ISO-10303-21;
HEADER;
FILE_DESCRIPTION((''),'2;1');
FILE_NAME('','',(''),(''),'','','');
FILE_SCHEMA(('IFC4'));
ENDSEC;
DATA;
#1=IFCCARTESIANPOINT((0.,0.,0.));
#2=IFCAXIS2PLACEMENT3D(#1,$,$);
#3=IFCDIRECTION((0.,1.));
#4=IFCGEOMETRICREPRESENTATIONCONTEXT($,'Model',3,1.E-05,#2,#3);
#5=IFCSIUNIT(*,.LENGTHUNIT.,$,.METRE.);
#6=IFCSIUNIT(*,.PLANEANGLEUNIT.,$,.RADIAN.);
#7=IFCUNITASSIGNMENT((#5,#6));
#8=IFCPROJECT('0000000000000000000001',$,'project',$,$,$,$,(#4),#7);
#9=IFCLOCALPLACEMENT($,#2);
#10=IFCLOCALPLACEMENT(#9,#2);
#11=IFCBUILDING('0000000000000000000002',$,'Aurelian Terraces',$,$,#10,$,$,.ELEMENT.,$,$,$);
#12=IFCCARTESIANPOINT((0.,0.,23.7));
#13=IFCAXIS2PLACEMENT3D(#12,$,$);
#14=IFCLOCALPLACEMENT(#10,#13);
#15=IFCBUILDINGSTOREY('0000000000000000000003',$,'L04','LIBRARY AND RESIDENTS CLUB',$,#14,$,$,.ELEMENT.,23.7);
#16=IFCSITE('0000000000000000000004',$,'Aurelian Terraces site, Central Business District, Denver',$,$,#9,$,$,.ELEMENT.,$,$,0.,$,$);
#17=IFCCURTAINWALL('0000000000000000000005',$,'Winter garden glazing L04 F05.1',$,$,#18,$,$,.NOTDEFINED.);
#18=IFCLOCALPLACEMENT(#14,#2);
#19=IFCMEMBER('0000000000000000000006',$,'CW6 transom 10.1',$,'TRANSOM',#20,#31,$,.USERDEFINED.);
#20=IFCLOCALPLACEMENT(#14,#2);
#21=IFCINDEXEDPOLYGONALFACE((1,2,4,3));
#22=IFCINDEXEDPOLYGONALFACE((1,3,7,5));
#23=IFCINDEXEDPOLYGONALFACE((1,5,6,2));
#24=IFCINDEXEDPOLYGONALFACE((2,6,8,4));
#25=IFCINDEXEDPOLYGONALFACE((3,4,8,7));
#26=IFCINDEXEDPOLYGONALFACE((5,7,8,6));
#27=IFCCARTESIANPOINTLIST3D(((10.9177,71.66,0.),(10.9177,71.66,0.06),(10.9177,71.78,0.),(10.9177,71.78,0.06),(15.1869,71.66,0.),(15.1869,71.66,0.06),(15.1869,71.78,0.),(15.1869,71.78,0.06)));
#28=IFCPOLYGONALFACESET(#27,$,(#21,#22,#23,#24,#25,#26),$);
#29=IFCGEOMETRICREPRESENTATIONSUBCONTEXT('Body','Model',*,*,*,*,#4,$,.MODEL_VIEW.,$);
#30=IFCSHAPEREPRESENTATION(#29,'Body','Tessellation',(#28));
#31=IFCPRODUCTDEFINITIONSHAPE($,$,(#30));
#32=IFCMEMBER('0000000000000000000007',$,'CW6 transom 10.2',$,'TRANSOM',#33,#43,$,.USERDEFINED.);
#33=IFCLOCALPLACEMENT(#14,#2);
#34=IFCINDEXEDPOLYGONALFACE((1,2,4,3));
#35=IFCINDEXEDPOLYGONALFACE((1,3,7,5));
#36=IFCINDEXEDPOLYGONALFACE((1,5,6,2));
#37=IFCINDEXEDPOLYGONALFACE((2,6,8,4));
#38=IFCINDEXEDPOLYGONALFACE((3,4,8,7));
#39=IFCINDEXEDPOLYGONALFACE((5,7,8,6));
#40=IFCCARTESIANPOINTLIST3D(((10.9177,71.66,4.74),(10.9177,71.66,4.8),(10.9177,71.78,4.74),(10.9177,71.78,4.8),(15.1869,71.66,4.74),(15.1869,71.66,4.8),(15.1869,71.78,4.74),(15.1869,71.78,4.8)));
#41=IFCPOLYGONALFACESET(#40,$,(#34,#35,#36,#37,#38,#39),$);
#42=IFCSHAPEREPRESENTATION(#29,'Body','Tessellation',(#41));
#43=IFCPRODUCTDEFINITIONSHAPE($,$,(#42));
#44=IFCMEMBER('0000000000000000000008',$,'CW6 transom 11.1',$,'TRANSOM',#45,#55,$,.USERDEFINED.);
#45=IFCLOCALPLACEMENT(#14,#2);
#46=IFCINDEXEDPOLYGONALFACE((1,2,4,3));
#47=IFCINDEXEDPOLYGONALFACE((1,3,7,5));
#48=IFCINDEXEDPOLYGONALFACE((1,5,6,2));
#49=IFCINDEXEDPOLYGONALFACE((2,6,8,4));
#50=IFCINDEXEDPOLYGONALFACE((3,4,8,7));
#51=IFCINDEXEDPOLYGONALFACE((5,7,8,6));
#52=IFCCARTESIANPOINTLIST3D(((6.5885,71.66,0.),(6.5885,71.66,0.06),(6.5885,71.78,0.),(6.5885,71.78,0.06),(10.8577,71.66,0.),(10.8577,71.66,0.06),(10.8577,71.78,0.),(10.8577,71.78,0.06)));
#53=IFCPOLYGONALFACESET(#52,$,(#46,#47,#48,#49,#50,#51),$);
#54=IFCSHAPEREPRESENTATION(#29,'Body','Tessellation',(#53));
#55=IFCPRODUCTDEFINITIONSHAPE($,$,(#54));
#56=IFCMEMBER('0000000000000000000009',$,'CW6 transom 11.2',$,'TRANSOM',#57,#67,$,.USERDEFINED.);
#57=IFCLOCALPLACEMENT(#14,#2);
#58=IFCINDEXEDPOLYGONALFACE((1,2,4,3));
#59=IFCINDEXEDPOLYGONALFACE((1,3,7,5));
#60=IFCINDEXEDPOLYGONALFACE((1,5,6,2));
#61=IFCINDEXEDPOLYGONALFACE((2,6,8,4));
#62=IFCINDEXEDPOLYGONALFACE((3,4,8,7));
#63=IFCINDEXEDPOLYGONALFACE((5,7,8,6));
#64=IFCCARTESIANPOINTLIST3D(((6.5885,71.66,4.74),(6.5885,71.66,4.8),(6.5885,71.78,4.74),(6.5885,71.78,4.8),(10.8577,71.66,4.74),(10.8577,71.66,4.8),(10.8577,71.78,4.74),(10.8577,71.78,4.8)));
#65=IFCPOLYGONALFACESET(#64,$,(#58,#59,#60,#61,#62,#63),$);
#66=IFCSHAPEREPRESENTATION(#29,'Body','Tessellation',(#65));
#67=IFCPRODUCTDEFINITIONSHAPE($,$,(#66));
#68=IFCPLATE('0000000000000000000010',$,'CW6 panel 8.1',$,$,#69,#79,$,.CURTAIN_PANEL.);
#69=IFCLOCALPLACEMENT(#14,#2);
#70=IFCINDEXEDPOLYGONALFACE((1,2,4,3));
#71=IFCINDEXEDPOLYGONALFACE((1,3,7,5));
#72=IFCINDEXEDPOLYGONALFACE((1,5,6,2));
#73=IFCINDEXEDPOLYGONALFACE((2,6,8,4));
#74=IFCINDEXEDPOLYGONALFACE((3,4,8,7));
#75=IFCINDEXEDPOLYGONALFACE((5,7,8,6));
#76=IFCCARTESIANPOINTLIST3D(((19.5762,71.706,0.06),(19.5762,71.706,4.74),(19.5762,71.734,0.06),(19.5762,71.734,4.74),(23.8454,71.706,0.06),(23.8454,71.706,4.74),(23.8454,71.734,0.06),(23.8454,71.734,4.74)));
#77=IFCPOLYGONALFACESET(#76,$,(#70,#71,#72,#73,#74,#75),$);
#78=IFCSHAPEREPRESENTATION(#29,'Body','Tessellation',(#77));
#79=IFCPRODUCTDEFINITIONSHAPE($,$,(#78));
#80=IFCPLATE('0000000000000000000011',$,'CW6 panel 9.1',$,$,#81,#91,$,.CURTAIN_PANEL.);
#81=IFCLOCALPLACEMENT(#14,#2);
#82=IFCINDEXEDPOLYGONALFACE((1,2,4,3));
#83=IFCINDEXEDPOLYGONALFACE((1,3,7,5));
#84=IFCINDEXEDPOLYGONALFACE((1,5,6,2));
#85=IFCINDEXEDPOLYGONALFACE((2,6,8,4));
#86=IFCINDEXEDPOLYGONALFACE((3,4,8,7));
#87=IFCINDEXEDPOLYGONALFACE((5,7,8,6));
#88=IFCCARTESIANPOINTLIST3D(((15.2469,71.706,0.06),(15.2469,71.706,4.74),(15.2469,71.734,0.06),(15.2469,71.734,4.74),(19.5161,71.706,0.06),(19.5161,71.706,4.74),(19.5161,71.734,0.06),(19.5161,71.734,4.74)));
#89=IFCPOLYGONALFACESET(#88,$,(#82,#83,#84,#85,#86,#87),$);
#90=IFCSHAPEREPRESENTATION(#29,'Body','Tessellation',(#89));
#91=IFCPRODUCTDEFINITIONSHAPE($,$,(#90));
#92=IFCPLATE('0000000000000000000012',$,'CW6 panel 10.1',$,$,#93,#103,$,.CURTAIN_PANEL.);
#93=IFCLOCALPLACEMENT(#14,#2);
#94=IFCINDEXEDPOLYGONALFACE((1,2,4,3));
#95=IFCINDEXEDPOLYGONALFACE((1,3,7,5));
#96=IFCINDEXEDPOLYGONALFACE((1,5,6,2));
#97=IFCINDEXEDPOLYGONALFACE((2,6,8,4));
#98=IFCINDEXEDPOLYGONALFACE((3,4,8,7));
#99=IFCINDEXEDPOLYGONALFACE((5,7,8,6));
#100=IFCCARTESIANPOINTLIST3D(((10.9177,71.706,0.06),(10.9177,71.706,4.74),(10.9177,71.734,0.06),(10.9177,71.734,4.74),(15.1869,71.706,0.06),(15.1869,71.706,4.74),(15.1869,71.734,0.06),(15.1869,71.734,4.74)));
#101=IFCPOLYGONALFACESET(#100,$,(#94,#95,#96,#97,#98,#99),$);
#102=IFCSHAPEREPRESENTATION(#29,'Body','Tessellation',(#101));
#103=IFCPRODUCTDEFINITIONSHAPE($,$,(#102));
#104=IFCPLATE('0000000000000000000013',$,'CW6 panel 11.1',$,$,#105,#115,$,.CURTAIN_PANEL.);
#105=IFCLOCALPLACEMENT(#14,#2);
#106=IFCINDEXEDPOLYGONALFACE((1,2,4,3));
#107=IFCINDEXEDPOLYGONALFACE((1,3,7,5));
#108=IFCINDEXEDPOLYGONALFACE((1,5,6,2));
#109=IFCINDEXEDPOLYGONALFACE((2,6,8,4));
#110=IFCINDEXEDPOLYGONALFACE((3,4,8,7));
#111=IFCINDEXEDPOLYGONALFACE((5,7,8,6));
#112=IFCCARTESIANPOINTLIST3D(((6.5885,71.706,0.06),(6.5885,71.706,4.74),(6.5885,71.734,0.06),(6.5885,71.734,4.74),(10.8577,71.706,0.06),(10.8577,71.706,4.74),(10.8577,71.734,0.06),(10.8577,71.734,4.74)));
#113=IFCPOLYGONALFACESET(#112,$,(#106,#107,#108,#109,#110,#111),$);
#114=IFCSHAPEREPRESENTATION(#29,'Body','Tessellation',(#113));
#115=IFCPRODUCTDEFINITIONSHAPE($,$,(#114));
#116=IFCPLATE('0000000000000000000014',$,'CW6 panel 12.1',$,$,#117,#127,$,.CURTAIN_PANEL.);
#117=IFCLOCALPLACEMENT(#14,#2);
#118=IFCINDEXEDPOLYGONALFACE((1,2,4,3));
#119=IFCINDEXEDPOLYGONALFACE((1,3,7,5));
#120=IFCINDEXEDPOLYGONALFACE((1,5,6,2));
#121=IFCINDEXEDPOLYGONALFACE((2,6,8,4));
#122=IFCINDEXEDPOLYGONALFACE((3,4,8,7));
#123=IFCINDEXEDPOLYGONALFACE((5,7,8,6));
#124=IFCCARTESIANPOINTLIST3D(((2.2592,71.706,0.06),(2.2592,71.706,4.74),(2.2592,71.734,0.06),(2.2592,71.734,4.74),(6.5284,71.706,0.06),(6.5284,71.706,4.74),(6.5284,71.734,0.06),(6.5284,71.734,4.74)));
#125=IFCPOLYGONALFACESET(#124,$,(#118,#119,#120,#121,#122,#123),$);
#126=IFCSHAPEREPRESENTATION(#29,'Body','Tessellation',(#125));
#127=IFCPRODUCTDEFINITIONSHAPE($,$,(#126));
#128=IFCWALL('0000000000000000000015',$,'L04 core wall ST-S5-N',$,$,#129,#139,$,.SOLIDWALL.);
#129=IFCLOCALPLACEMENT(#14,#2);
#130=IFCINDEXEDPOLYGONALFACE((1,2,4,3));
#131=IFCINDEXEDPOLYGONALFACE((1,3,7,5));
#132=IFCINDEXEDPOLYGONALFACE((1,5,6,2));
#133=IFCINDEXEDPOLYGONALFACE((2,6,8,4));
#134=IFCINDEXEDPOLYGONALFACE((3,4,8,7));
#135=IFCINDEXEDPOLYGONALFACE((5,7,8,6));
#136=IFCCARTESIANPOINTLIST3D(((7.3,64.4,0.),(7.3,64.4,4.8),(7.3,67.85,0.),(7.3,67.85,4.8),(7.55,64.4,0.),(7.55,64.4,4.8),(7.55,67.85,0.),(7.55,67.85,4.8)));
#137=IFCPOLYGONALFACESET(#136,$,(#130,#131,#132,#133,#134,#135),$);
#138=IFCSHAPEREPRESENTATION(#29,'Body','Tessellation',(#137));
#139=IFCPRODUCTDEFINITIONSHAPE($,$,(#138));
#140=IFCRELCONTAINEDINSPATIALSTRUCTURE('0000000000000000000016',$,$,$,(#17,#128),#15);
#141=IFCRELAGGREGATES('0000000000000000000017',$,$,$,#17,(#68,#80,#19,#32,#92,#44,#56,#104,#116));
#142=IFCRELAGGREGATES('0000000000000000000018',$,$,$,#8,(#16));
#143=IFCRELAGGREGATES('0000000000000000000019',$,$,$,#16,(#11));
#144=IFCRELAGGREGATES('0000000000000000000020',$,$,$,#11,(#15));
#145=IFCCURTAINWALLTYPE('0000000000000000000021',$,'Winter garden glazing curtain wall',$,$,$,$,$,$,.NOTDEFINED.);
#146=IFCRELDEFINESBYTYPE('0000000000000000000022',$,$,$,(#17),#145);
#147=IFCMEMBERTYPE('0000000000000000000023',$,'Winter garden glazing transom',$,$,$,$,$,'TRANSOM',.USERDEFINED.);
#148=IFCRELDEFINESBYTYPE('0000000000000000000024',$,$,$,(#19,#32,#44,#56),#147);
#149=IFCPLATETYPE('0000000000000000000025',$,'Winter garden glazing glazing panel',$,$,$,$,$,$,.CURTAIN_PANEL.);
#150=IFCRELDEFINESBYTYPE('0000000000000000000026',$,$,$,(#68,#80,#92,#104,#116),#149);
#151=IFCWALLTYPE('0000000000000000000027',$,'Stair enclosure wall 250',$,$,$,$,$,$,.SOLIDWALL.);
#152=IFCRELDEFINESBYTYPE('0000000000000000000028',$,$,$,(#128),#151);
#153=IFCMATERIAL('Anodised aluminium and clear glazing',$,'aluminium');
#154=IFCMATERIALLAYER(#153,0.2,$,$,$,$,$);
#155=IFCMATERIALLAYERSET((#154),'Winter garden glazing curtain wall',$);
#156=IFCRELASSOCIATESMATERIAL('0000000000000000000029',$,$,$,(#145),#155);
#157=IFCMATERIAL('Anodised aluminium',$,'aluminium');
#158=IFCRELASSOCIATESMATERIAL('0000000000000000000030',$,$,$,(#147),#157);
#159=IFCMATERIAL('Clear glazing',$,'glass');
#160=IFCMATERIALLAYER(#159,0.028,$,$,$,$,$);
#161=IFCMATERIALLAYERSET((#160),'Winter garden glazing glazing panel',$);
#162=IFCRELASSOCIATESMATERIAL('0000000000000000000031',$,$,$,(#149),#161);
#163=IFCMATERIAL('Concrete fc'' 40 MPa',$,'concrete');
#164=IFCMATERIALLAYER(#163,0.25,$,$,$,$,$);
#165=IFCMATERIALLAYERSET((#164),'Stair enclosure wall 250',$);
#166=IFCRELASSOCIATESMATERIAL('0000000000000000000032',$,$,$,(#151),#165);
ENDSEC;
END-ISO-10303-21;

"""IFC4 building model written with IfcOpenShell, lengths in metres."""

from ifc_helpers import new_model, si_unit, direction, frame, frame_2d, origin, origin_2d, place, context, subcontext, project, spatial, rectangle, extrude, source, transform, mapped, material, layer, layer_set, material_profile, profile_set, type_object, element, aggregate, save


model = new_model("IFC4")

# Units and contexts
model_context = context("Model", 3, precision=1e-05, world=origin(), true_north=direction((0.0, 1.0)))
body_context = subcontext(model_context, "Body", "Model", "MODEL_VIEW")
ifc_project = project(units=[si_unit("LENGTHUNIT", "METRE"), si_unit("PLANEANGLEUNIT", "RADIAN")], contexts=[model_context])

# Site, building, storey
site_placement = place(None, origin())
site = spatial("IfcSite", under=ifc_project, at=site_placement, Name="Aurelian Terraces site, Central Business District, Denver", CompositionType="ELEMENT", RefElevation=0.0)
building_placement = place(site_placement, origin())
building = spatial("IfcBuilding", under=site, at=building_placement, Name="Aurelian Terraces", CompositionType="ELEMENT")
storey_placement = place(building_placement, frame((0.0, 0.0, 23.7)))
storey = spatial("IfcBuildingStorey", under=building, at=storey_placement, Name="L04", Description="LIBRARY AND RESIDENTS CLUB", CompositionType="ELEMENT", Elevation=23.7)

# Curtain wall, members, plates
ifc_material_1 = material(Name="Anodised aluminium and clear glazing", Category="aluminium")
ifc_layer_1 = layer(ifc_material_1, 0.2)
ifc_layer_set_1 = layer_set([ifc_layer_1], Name="Winter garden glazing curtain wall")
curtain_wall_type = type_object("IfcCurtainWallType", Name="Winter garden glazing curtain wall", PredefinedType="NOTDEFINED", material=ifc_layer_set_1)
curtain_wall_placement = place(storey_placement, origin())
curtain_wall = element("IfcCurtainWall", 1, at=curtain_wall_placement, inside=storey, type_object=curtain_wall_type, Name="Winter garden glazing L04 F05.1", PredefinedType="NOTDEFINED")
ifc_material_2 = material(Name="Anodised aluminium", Category="aluminium")
ifc_material_profile_1 = material_profile(ifc_material_2, rectangle(XDim=0.12, YDim=0.06, at=origin_2d()))
ifc_profile_set_1 = profile_set([ifc_material_profile_1], Name="Anodised aluminium")
member_type_1 = type_object("IfcMemberType", Name="Winter garden glazing transom", ElementType="TRANSOM", PredefinedType="USERDEFINED", material=ifc_profile_set_1)
shared_shape_1 = source(origin(), body_context, "Body", "SweptSolid", [
    extrude(rectangle(XDim=0.12, YDim=0.06, at=origin_2d()), origin(), (0.0, 0.0, 1.0), 4.2692),
])
member_1_placement = place(storey_placement, frame((15.1869, 71.72, 0.03), z_axis=(-1.0, 0.0, 0.0), x_axis=(0.0, -1.0, 0.0)))
member_1 = element("IfcMember", 2, at=member_1_placement, type_object=member_type_1, Name="CW6 transom 10.1", ObjectType="TRANSOM", PredefinedType="USERDEFINED", context=body_context, shape_type="MappedRepresentation", body=[
    mapped(shared_shape_1, transform((0.0, 0.0, 0.0), scale=1.0)),
])
member_2_placement = place(storey_placement, frame((15.1869, 71.72, 4.77), z_axis=(-1.0, 0.0, 0.0), x_axis=(0.0, -1.0, 0.0)))
member_2 = element("IfcMember", 3, at=member_2_placement, type_object=member_type_1, Name="CW6 transom 10.2", ObjectType="TRANSOM", PredefinedType="USERDEFINED", context=body_context, shape_type="MappedRepresentation", body=[
    mapped(shared_shape_1, transform((0.0, 0.0, 0.0), scale=1.0)),
])
member_3_placement = place(storey_placement, frame((10.8577, 71.72, 0.03), z_axis=(-1.0, 0.0, 0.0), x_axis=(0.0, -1.0, 0.0)))
member_3 = element("IfcMember", 4, at=member_3_placement, type_object=member_type_1, Name="CW6 transom 11.1", ObjectType="TRANSOM", PredefinedType="USERDEFINED", context=body_context, shape_type="MappedRepresentation", body=[
    mapped(shared_shape_1, transform((0.0, 0.0, 0.0), scale=1.0)),
])
member_4_placement = place(storey_placement, frame((10.8577, 71.72, 4.77), z_axis=(-1.0, 0.0, 0.0), x_axis=(0.0, -1.0, 0.0)))
member_4 = element("IfcMember", 5, at=member_4_placement, type_object=member_type_1, Name="CW6 transom 11.2", ObjectType="TRANSOM", PredefinedType="USERDEFINED", context=body_context, shape_type="MappedRepresentation", body=[
    mapped(shared_shape_1, transform((0.0, 0.0, 0.0), scale=1.0)),
])
ifc_material_3 = material(Name="Clear glazing", Category="glass")
ifc_layer_2 = layer(ifc_material_3, 0.028)
ifc_layer_set_2 = layer_set([ifc_layer_2], Name="Winter garden glazing glazing panel")
plate_type = type_object("IfcPlateType", Name="Winter garden glazing glazing panel", PredefinedType="CURTAIN_PANEL", material=ifc_layer_set_2)
shared_shape_2 = source(origin(), body_context, "Body", "SweptSolid", [
    extrude(rectangle(XDim=4.2692, YDim=0.028, at=origin_2d()), origin(), (0.0, 0.0, 1.0), 4.68),
])
plate_1_placement = place(storey_placement, frame((21.7108, 71.72, 0.06), z_axis=(0.0, 0.0, 1.0), x_axis=(-1.0, 0.0, 0.0)))
plate_1 = element("IfcPlate", 6, at=plate_1_placement, type_object=plate_type, Name="CW6 panel 8.1", PredefinedType="CURTAIN_PANEL", context=body_context, shape_type="MappedRepresentation", body=[
    mapped(shared_shape_2, transform((0.0, 0.0, 0.0), scale=1.0)),
])
plate_2_placement = place(storey_placement, frame((17.3815, 71.72, 0.06), z_axis=(0.0, 0.0, 1.0), x_axis=(-1.0, 0.0, 0.0)))
plate_2 = element("IfcPlate", 7, at=plate_2_placement, type_object=plate_type, Name="CW6 panel 9.1", PredefinedType="CURTAIN_PANEL", context=body_context, shape_type="MappedRepresentation", body=[
    mapped(shared_shape_2, transform((0.0, 0.0, 0.0), scale=1.0)),
])
plate_3_placement = place(storey_placement, frame((13.0523, 71.72, 0.06), z_axis=(0.0, 0.0, 1.0), x_axis=(-1.0, 0.0, 0.0)))
plate_3 = element("IfcPlate", 8, at=plate_3_placement, type_object=plate_type, Name="CW6 panel 10.1", PredefinedType="CURTAIN_PANEL", context=body_context, shape_type="MappedRepresentation", body=[
    mapped(shared_shape_2, transform((0.0, 0.0, 0.0), scale=1.0)),
])
plate_4_placement = place(storey_placement, frame((8.7231, 71.72, 0.06), z_axis=(0.0, 0.0, 1.0), x_axis=(-1.0, 0.0, 0.0)))
plate_4 = element("IfcPlate", 9, at=plate_4_placement, type_object=plate_type, Name="CW6 panel 11.1", PredefinedType="CURTAIN_PANEL", context=body_context, shape_type="MappedRepresentation", body=[
    mapped(shared_shape_2, transform((0.0, 0.0, 0.0), scale=1.0)),
])
plate_5_placement = place(storey_placement, frame((4.3938, 71.72, 0.06), z_axis=(0.0, 0.0, 1.0), x_axis=(-1.0, 0.0, 0.0)))
plate_5 = element("IfcPlate", 10, at=plate_5_placement, type_object=plate_type, Name="CW6 panel 12.1", PredefinedType="CURTAIN_PANEL", context=body_context, shape_type="MappedRepresentation", body=[
    mapped(shared_shape_2, transform((0.0, 0.0, 0.0), scale=1.0)),
])
aggregate(curtain_wall, [plate_1, plate_2, member_1, member_2, plate_3, member_3, member_4, plate_4, plate_5])

# Wall
ifc_material_4 = material(Name="Concrete fc' 40 MPa", Category="concrete")
ifc_layer_3 = layer(ifc_material_4, 0.25)
ifc_layer_set_3 = layer_set([ifc_layer_3], Name="Stair enclosure wall 250")
wall_type_1 = type_object("IfcWallType", Name="Stair enclosure wall 250", PredefinedType="SOLIDWALL", material=ifc_layer_set_3)
shared_shape_3 = source(origin(), body_context, "Body", "SweptSolid", [
    extrude(rectangle(XDim=3.45, YDim=0.25, at=frame_2d((1.725, 0.0))), origin(), (0.0, 0.0, 1.0), 4.8),
])
wall_1_placement = place(storey_placement, frame((7.425, 64.4, 0.0), z_axis=(0.0, 0.0, 1.0), x_axis=(0.0, 1.0, 0.0)))
element("IfcWall", 11, at=wall_1_placement, inside=storey, type_object=wall_type_1, Name="L04 core wall ST-S5-N", PredefinedType="SOLIDWALL", context=body_context, shape_type="MappedRepresentation", body=[
    mapped(shared_shape_3, transform((0.0, 0.0, 0.0), scale=1.0)),
])

save(model, "model.ifc")
